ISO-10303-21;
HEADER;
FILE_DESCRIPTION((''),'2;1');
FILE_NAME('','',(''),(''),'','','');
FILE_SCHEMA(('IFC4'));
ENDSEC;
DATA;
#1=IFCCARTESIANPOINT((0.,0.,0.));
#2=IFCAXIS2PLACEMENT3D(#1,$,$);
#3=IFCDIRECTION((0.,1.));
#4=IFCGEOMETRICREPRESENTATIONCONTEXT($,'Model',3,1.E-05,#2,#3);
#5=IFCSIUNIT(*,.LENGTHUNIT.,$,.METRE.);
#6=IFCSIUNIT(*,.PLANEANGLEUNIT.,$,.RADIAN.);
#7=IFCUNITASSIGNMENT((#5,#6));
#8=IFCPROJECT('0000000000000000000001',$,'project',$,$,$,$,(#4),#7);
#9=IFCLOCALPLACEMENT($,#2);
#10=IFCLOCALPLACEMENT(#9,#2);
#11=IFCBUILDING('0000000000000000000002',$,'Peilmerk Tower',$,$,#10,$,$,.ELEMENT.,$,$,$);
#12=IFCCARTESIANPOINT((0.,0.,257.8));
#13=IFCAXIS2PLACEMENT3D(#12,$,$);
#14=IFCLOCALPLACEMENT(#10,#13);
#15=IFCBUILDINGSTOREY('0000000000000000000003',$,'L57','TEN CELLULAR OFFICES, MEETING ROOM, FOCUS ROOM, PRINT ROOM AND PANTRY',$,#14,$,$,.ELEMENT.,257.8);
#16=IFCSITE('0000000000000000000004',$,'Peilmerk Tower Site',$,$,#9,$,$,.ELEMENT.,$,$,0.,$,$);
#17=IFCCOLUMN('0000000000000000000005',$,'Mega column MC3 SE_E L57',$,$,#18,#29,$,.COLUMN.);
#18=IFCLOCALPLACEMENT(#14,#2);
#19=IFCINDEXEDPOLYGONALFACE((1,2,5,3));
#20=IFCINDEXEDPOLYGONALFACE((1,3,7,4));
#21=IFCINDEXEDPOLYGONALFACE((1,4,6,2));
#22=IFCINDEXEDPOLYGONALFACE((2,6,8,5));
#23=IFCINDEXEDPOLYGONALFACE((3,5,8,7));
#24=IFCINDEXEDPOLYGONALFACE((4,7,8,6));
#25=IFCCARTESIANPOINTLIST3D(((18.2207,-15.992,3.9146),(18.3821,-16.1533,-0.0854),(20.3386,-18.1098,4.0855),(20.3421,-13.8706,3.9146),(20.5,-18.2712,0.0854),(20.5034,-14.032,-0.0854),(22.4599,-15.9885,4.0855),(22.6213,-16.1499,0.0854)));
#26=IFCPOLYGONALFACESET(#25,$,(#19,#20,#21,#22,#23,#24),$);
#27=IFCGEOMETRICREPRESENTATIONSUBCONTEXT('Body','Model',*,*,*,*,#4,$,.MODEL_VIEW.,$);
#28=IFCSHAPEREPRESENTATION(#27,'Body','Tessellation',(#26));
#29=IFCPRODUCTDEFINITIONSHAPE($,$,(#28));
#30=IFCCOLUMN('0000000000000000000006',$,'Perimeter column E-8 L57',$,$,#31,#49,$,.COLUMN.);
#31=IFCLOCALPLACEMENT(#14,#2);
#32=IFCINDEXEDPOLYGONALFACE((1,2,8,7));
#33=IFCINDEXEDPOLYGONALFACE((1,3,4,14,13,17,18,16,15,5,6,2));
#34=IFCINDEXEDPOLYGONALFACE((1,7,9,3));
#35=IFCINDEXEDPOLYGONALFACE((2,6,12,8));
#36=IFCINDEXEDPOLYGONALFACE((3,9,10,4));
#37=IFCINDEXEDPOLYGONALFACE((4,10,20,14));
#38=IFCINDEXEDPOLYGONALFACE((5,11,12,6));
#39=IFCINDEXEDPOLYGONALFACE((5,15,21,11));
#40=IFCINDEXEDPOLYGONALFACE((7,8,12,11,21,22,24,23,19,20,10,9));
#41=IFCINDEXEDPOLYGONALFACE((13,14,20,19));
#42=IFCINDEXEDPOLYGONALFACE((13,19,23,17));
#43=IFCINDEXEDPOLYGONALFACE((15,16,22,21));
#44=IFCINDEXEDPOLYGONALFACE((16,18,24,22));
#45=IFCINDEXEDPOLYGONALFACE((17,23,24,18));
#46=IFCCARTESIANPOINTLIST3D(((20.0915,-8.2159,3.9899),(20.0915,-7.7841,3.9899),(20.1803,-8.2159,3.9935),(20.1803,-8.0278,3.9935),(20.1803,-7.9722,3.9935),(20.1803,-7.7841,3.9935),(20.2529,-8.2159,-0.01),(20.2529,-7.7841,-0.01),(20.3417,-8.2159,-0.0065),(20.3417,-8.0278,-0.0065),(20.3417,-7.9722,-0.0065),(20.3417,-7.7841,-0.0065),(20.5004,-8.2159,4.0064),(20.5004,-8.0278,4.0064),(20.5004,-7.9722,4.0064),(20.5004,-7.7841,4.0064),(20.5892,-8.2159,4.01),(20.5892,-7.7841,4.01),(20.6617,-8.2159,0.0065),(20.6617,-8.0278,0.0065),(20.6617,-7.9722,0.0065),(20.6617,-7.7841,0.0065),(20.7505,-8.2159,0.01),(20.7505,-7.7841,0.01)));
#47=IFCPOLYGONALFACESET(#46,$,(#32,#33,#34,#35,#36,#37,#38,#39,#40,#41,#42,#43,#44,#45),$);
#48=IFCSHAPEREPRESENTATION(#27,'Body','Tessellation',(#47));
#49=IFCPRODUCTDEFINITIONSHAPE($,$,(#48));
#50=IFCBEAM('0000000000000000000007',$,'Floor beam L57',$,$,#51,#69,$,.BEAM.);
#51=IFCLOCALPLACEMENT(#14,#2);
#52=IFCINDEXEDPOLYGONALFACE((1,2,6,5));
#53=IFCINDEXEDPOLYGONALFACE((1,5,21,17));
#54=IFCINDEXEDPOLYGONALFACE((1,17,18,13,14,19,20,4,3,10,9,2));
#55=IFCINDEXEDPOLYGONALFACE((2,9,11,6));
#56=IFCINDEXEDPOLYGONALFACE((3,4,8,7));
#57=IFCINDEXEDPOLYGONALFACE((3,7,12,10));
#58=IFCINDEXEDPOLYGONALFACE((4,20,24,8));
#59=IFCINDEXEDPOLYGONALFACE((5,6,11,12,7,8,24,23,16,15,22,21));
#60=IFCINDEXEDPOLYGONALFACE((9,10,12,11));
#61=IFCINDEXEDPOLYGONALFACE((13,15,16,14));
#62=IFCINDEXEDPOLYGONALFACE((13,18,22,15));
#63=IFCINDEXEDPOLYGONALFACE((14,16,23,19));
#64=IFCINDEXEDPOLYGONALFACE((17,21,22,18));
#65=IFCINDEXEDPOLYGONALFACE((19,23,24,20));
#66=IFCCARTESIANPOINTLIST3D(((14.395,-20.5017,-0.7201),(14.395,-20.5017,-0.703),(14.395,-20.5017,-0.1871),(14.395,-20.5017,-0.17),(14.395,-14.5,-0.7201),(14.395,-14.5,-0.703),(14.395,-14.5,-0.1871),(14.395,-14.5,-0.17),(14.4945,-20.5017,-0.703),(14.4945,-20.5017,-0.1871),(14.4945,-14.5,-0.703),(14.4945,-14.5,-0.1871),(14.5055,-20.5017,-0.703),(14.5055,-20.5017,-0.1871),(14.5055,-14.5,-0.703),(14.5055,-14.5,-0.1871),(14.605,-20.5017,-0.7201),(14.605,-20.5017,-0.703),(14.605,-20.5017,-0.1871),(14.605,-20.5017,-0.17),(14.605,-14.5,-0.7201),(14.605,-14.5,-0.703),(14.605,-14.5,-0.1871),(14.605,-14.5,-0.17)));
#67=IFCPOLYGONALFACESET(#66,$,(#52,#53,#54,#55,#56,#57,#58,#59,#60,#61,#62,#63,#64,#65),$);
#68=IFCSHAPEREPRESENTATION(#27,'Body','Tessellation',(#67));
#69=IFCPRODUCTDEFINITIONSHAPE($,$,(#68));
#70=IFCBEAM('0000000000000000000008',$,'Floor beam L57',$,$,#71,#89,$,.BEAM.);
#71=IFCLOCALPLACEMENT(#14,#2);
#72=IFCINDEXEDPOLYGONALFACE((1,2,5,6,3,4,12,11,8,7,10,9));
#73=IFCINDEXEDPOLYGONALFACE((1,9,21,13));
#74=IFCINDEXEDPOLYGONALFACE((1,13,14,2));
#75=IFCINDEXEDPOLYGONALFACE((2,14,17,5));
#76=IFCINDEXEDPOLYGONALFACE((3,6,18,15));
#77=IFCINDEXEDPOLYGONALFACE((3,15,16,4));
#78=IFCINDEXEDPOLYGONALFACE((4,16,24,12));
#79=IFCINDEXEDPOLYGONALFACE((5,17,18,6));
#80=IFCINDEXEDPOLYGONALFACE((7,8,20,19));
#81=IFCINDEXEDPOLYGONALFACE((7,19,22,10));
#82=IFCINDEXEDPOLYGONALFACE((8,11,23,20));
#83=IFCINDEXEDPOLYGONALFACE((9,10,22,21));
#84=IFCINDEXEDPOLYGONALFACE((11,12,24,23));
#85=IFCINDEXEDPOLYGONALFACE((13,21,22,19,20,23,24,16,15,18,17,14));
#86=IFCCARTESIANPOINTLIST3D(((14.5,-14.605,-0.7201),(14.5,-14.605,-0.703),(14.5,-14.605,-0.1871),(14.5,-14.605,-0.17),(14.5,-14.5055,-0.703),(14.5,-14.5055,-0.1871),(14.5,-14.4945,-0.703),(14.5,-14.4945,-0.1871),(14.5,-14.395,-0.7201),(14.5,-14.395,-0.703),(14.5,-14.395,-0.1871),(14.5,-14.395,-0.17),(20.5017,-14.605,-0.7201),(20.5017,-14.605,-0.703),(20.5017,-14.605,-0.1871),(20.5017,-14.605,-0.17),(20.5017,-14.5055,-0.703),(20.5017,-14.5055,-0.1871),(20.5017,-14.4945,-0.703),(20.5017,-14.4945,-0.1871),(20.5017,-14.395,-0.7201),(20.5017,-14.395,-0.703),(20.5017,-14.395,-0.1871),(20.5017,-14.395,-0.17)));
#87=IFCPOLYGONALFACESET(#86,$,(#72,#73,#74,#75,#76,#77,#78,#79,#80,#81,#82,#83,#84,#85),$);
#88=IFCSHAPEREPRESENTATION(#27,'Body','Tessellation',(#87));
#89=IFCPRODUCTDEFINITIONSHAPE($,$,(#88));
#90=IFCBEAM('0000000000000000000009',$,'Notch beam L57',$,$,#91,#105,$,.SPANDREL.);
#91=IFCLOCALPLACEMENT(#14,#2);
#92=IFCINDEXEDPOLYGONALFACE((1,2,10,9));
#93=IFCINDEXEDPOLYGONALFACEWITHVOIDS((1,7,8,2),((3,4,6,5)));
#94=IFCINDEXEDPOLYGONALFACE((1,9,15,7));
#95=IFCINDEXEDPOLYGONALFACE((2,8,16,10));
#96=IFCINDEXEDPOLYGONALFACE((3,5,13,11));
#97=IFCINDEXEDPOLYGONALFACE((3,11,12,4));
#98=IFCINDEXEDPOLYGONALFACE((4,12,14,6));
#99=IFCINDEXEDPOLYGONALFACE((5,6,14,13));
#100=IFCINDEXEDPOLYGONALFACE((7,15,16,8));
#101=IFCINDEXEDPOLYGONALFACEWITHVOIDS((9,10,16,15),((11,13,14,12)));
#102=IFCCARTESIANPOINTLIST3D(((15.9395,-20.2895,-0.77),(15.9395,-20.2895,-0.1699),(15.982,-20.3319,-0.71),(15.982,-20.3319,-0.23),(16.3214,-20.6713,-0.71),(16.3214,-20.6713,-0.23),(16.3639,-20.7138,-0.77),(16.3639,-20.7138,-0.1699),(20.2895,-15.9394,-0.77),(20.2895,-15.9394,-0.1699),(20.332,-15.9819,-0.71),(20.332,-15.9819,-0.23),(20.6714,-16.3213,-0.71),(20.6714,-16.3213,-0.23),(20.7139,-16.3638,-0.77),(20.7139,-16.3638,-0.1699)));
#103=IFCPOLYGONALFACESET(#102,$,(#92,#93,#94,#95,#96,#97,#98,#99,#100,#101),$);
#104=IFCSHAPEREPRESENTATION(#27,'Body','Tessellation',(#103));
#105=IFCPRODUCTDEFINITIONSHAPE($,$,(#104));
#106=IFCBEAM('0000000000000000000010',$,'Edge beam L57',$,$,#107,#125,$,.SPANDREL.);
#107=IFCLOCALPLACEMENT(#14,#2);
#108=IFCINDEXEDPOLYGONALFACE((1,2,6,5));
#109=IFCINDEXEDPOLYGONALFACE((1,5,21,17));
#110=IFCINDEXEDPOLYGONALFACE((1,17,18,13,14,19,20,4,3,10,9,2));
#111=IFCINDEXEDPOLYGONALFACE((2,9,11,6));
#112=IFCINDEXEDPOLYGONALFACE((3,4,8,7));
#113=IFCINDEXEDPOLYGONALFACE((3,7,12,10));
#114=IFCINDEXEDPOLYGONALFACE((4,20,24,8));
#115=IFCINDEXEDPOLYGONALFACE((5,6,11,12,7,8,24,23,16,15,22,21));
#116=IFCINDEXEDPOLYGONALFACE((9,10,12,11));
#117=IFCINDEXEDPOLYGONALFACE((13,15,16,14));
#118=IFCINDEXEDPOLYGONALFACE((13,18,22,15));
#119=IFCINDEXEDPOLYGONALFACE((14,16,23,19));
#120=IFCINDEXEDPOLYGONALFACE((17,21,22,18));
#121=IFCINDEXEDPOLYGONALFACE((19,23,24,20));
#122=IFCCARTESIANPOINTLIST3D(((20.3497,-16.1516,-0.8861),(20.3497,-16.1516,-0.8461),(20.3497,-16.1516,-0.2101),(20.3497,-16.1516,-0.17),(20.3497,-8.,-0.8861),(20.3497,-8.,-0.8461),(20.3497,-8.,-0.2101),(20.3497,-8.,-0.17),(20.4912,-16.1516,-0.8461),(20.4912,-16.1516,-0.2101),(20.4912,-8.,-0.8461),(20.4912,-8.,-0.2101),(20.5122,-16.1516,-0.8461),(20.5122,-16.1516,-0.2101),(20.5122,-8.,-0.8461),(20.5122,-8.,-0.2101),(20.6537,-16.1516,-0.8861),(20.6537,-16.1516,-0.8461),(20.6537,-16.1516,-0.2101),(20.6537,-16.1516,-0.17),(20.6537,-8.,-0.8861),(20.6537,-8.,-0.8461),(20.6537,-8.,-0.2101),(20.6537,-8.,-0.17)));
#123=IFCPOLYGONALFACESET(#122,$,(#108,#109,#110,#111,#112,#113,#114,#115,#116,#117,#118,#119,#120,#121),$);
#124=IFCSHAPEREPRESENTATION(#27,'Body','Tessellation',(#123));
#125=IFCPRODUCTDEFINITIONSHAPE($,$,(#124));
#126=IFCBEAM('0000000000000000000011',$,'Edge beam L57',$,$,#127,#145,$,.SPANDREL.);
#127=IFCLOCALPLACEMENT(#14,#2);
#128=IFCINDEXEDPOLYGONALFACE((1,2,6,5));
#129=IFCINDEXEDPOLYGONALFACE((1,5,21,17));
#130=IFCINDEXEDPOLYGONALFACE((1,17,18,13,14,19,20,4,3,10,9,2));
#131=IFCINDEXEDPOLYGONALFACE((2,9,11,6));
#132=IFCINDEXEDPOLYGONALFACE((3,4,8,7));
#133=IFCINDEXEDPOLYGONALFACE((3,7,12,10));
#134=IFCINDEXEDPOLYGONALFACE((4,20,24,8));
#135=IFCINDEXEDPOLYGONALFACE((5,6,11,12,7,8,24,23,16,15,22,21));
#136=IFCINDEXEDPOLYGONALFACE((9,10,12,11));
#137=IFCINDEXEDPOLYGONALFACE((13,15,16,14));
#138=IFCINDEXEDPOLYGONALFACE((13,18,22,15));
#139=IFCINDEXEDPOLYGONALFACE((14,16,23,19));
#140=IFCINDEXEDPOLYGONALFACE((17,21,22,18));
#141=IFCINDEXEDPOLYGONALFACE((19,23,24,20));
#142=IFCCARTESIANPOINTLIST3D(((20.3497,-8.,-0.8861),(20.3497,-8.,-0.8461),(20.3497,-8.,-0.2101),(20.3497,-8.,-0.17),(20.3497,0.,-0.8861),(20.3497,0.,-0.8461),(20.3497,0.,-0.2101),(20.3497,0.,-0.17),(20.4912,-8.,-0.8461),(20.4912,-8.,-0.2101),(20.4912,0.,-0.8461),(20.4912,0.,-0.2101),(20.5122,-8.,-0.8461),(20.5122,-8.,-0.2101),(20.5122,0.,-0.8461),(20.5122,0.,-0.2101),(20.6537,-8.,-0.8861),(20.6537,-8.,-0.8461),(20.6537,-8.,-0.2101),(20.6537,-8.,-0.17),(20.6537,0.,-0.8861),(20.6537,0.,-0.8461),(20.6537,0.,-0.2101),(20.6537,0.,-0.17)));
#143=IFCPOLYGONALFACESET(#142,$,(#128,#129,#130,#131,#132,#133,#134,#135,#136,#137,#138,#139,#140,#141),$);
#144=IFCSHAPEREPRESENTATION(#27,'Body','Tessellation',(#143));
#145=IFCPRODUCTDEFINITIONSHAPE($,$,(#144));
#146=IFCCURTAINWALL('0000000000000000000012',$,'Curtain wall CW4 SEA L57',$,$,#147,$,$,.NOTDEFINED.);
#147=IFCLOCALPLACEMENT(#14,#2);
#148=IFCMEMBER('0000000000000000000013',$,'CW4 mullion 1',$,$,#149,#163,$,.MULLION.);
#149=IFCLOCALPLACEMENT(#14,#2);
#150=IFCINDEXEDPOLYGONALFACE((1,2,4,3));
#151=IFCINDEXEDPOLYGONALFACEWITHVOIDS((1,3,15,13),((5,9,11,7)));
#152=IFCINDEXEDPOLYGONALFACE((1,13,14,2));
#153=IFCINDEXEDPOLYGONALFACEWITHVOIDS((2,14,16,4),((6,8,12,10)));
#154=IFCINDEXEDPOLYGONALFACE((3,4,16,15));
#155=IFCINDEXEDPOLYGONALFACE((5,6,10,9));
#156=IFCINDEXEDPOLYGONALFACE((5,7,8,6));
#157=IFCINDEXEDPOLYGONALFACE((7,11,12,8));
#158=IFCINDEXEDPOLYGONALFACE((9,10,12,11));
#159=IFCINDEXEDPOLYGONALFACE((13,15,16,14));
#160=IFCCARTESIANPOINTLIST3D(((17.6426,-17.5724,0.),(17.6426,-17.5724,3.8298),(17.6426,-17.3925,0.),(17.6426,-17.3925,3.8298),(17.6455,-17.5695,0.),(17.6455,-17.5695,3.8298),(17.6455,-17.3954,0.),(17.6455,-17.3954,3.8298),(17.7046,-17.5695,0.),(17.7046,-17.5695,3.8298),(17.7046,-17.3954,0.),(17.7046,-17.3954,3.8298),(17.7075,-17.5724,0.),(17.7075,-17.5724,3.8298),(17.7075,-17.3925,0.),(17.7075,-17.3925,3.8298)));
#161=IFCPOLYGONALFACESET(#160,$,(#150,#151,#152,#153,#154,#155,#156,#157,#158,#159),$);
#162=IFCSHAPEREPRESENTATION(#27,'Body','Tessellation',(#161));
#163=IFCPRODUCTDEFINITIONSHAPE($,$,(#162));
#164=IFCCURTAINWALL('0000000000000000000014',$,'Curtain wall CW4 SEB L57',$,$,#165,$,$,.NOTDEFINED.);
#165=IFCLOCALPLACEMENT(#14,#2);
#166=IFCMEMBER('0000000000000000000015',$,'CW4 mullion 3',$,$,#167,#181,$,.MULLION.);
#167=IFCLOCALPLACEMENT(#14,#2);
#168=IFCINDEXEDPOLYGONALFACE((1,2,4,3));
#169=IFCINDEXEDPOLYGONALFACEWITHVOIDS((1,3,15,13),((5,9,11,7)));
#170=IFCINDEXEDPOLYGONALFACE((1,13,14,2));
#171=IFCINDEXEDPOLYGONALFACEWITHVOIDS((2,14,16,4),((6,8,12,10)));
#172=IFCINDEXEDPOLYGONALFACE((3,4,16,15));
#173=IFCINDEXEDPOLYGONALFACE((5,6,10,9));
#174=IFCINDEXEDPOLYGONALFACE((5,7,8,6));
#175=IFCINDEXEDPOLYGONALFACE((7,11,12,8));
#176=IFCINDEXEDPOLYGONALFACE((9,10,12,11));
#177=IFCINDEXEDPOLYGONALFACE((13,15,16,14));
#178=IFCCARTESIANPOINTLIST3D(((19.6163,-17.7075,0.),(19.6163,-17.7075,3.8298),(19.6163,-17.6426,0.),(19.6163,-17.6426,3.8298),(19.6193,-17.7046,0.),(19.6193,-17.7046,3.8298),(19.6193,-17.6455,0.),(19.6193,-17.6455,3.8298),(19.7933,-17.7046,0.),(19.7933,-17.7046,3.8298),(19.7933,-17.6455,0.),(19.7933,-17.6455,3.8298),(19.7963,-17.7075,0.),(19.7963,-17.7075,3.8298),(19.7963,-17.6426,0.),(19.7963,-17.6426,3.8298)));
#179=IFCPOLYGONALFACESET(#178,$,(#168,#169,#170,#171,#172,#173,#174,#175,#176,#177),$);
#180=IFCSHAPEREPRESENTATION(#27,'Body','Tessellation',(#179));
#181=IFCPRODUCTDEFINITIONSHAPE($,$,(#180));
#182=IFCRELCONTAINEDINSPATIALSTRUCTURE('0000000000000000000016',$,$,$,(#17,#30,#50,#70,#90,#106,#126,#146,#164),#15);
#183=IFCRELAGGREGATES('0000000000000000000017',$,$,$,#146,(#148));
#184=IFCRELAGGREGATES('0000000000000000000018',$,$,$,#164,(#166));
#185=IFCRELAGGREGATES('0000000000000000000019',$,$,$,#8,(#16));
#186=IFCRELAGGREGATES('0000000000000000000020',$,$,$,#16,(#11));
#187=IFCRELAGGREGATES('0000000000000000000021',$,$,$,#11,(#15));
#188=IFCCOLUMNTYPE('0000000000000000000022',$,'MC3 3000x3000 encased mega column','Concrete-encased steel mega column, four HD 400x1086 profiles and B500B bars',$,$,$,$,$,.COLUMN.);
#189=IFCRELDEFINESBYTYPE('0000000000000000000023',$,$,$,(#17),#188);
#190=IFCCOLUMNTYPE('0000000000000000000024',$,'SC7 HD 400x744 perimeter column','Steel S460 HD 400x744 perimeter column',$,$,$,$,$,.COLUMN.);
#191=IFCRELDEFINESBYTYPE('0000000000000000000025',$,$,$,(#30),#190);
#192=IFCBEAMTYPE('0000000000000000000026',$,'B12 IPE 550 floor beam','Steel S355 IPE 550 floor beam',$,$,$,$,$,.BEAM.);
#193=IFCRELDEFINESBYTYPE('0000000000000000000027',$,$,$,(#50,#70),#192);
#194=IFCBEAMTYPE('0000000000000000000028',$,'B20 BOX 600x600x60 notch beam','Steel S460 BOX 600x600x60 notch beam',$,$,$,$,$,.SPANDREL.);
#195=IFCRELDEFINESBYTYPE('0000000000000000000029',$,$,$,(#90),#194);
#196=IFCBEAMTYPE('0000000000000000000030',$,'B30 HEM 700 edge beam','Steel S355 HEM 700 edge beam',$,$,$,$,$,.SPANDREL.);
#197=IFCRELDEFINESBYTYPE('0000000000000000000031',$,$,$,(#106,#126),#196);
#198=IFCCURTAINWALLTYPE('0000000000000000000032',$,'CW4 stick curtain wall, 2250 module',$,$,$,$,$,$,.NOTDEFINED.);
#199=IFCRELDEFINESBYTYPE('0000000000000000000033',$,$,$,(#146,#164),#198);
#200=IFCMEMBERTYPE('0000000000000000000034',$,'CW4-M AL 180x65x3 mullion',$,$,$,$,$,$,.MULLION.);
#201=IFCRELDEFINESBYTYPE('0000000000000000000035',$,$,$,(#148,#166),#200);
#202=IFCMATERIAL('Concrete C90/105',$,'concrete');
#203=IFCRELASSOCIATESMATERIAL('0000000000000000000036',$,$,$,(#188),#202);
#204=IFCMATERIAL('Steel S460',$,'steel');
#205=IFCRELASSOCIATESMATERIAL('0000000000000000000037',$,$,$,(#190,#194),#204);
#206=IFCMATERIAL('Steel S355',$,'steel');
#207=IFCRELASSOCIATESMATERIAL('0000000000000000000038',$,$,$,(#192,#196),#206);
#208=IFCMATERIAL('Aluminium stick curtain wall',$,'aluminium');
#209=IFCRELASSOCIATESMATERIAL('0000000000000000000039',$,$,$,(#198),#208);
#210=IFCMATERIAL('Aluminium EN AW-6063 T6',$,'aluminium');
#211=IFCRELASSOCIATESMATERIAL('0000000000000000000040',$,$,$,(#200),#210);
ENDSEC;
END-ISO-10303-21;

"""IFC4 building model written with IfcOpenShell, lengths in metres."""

from ifc_helpers import new_model, si_unit, direction, frame, origin, origin_2d, place, context, subcontext, project, spatial, rectangle, hollow_rectangle, i_section, extrude, material, material_profile, profile_set, type_object, element, aggregate, save


model = new_model("IFC4")

# Units and contexts
model_context = context("Model", 3, precision=1e-05, world=origin(), true_north=direction((0.0, 1.0)))
body_context = subcontext(model_context, "Body", "Model", "MODEL_VIEW")
ifc_project = project(units=[si_unit("LENGTHUNIT", "METRE"), si_unit("PLANEANGLEUNIT", "RADIAN")], contexts=[model_context])

# Site, building, storey
site_placement = place(None, origin())
site = spatial("IfcSite", under=ifc_project, at=site_placement, Name="Peilmerk Tower Site", CompositionType="ELEMENT", RefElevation=0.0)
building_placement = place(site_placement, origin())
building = spatial("IfcBuilding", under=site, at=building_placement, Name="Peilmerk Tower", CompositionType="ELEMENT")
storey_placement = place(building_placement, frame((0.0, 0.0, 257.8)))
storey = spatial("IfcBuildingStorey", under=building, at=storey_placement, Name="L57", Description="TEN CELLULAR OFFICES, MEETING ROOM, FOCUS ROOM, PRINT ROOM AND PANTRY", CompositionType="ELEMENT", Elevation=257.8)

# Columns
ifc_material_1 = material(Name="Concrete C90/105", Category="concrete")
ifc_material_profile_1 = material_profile(ifc_material_1, rectangle(XDim=3.0, YDim=3.0, at=origin_2d()), Name="RC 3000x3000")
ifc_profile_set_1 = profile_set([ifc_material_profile_1], Name="Concrete C90/105")
column_type_1 = type_object("IfcColumnType", Name="MC3 3000x3000 encased mega column", Description="Concrete-encased steel mega column, four HD 400x1086 profiles and B500B bars", PredefinedType="COLUMN", material=ifc_profile_set_1)
column_1_placement = place(storey_placement, frame((20.5017, -16.1516, 0.0), z_axis=(-0.040279, 0.040279, 0.998376), x_axis=(-0.707107, -0.707107, 0.0)))
element("IfcColumn", 1, at=column_1_placement, inside=storey, type_object=column_type_1, Name="Mega column MC3 SE_E L57", PredefinedType="COLUMN", context=body_context, shape_type="SweptSolid", body=[
    extrude(rectangle(XDim=3.0, YDim=3.0, at=origin_2d()), origin(), (0.0, 0.0, 1.0), 4.0066),
])
ifc_material_2 = material(Name="Steel S460", Category="steel")
ifc_material_profile_2 = material_profile(ifc_material_2, i_section(OverallWidth=0.4319, OverallDepth=0.498, WebThickness=0.0557, FlangeThickness=0.0889, at=origin_2d()), Name="HD 400x744")
ifc_profile_set_2 = profile_set([ifc_material_profile_2], Name="Steel S460")
column_type_2 = type_object("IfcColumnType", Name="SC7 HD 400x744 perimeter column", Description="Steel S460 HD 400x744 perimeter column", PredefinedType="COLUMN", material=ifc_profile_set_2)
column_2_placement = place(storey_placement, frame((20.5017, -8.0, 0.0), z_axis=(-0.040311, 0.0, 0.999187), x_axis=(0.0, -1.0, 0.0)))
element("IfcColumn", 2, at=column_2_placement, inside=storey, type_object=column_type_2, Name="Perimeter column E-8 L57", PredefinedType="COLUMN", context=body_context, shape_type="SweptSolid", body=[
    extrude(i_section(OverallWidth=0.4319, OverallDepth=0.498, WebThickness=0.0557, FlangeThickness=0.0889, at=origin_2d()), origin(), (0.0, 0.0, 1.0), 4.0032),
])

# Beams
ifc_material_3 = material(Name="Steel S355", Category="steel")
ifc_material_profile_3 = material_profile(ifc_material_3, i_section(OverallWidth=0.21, OverallDepth=0.55, WebThickness=0.011, FlangeThickness=0.0171, at=origin_2d()), Name="IPE 550")
ifc_profile_set_3 = profile_set([ifc_material_profile_3], Name="Steel S355")
beam_type_1 = type_object("IfcBeamType", Name="B12 IPE 550 floor beam", Description="Steel S355 IPE 550 floor beam", PredefinedType="BEAM", material=ifc_profile_set_3)
for number, where, z_axis, x_axis, name in (
    (3, (14.5, -14.5, -0.4451), (0.0, -1.0, 0.0), (1.0, 0.0, 0.0), "Floor beam L57"),
    (4, (14.5, -14.5, -0.4451), (1.0, 0.0, 0.0), (0.0, 1.0, 0.0), "Floor beam L57"),
):
    element("IfcBeam", number, at=place(storey_placement, frame(where, z_axis=z_axis, x_axis=x_axis)), inside=storey, type_object=beam_type_1, Name=name, PredefinedType="BEAM", context=body_context, shape_type="SweptSolid", body=[
        extrude(i_section(OverallWidth=0.21, OverallDepth=0.55, WebThickness=0.011, FlangeThickness=0.0171, at=origin_2d()), origin(), (0.0, 0.0, 1.0), 6.0017),
    ])
ifc_material_profile_4 = material_profile(ifc_material_2, hollow_rectangle(XDim=0.6001, YDim=0.6001, WallThickness=0.0601, at=origin_2d()), Name="BOX 600x600x60")
ifc_profile_set_4 = profile_set([ifc_material_profile_4], Name="Steel S460")
beam_type_2 = type_object("IfcBeamType", Name="B20 BOX 600x600x60 notch beam", Description="Steel S460 BOX 600x600x60 notch beam", PredefinedType="SPANDREL", material=ifc_profile_set_4)
beam_1_placement = place(storey_placement, frame((20.5017, -16.1516, -0.47), z_axis=(-0.707107, -0.707107, 0.0), x_axis=(0.707107, -0.707107, 0.0)))
element("IfcBeam", 5, at=beam_1_placement, inside=storey, type_object=beam_type_2, Name="Notch beam L57", PredefinedType="SPANDREL", context=body_context, shape_type="SweptSolid", body=[
    extrude(hollow_rectangle(XDim=0.6001, YDim=0.6001, WallThickness=0.0601, at=origin_2d()), origin(), (0.0, 0.0, 1.0), 6.1519),
])
ifc_material_profile_5 = material_profile(ifc_material_3, i_section(OverallWidth=0.304, OverallDepth=0.7161, WebThickness=0.021, FlangeThickness=0.04, at=origin_2d()), Name="HEM 700")
ifc_profile_set_5 = profile_set([ifc_material_profile_5], Name="Steel S355")
beam_type_3 = type_object("IfcBeamType", Name="B30 HEM 700 edge beam", Description="Steel S355 HEM 700 edge beam", PredefinedType="SPANDREL", material=ifc_profile_set_5)
beam_2_placement = place(storey_placement, frame((20.5017, -16.1516, -0.5281), z_axis=(0.0, 1.0, 0.0), x_axis=(-1.0, 0.0, 0.0)))
element("IfcBeam", 6, at=beam_2_placement, inside=storey, type_object=beam_type_3, Name="Edge beam L57", PredefinedType="SPANDREL", context=body_context, shape_type="SweptSolid", body=[
    extrude(i_section(OverallWidth=0.304, OverallDepth=0.7161, WebThickness=0.021, FlangeThickness=0.04, at=origin_2d()), origin(), (0.0, 0.0, 1.0), 8.1516),
])
beam_3_placement = place(storey_placement, frame((20.5017, -8.0, -0.5281), z_axis=(0.0, 1.0, 0.0), x_axis=(-1.0, 0.0, 0.0)))
element("IfcBeam", 7, at=beam_3_placement, inside=storey, type_object=beam_type_3, Name="Edge beam L57", PredefinedType="SPANDREL", context=body_context, shape_type="SweptSolid", body=[
    extrude(i_section(OverallWidth=0.304, OverallDepth=0.7161, WebThickness=0.021, FlangeThickness=0.04, at=origin_2d()), origin(), (0.0, 0.0, 1.0), 8.0),
])

# Curtain walls, members
ifc_material_4 = material(Name="Aluminium stick curtain wall", Category="aluminium")
curtain_wall_type = type_object("IfcCurtainWallType", Name="CW4 stick curtain wall, 2250 module", PredefinedType="NOTDEFINED", material=ifc_material_4)
curtain_wall_1_placement = place(storey_placement, origin())
curtain_wall_1 = element("IfcCurtainWall", 8, at=curtain_wall_1_placement, inside=storey, type_object=curtain_wall_type, Name="Curtain wall CW4 SEA L57", PredefinedType="NOTDEFINED")
ifc_material_5 = material(Name="Aluminium EN AW-6063 T6", Category="aluminium")
ifc_material_profile_6 = material_profile(ifc_material_5, hollow_rectangle(XDim=0.0649, YDim=0.1799, WallThickness=0.0029, at=origin_2d()), Name="AL 180x65x3")
ifc_profile_set_6 = profile_set([ifc_material_profile_6], Name="Aluminium EN AW-6063 T6")
member_type_1 = type_object("IfcMemberType", Name="CW4-M AL 180x65x3 mullion", PredefinedType="MULLION", material=ifc_profile_set_6)
member_1_placement = place(storey_placement, frame((17.675, -17.4824, 0.0), z_axis=(0.0, 0.0, 1.0), x_axis=(1.0, 0.0, 0.0)))
member_1 = element("IfcMember", 9, at=member_1_placement, type_object=member_type_1, Name="CW4 mullion 1", PredefinedType="MULLION", context=body_context, shape_type="SweptSolid", body=[
    extrude(hollow_rectangle(XDim=0.0649, YDim=0.1799, WallThickness=0.0029, at=origin_2d()), origin(), (0.0, 0.0, 1.0), 3.8298),
])
curtain_wall_2_placement = place(storey_placement, origin())
curtain_wall_2 = element("IfcCurtainWall", 10, at=curtain_wall_2_placement, inside=storey, type_object=curtain_wall_type, Name="Curtain wall CW4 SEB L57", PredefinedType="NOTDEFINED")
member_2_placement = place(storey_placement, frame((19.7063, -17.675, 0.0), z_axis=(0.0, 0.0, 1.0), x_axis=(0.0, 1.0, 0.0)))
member_2 = element("IfcMember", 11, at=member_2_placement, type_object=member_type_1, Name="CW4 mullion 3", PredefinedType="MULLION", context=body_context, shape_type="SweptSolid", body=[
    extrude(hollow_rectangle(XDim=0.0649, YDim=0.1799, WallThickness=0.0029, at=origin_2d()), origin(), (0.0, 0.0, 1.0), 3.8298),
])

aggregate(curtain_wall_1, [member_1])

aggregate(curtain_wall_2, [member_2])

save(model, "model.ifc")
